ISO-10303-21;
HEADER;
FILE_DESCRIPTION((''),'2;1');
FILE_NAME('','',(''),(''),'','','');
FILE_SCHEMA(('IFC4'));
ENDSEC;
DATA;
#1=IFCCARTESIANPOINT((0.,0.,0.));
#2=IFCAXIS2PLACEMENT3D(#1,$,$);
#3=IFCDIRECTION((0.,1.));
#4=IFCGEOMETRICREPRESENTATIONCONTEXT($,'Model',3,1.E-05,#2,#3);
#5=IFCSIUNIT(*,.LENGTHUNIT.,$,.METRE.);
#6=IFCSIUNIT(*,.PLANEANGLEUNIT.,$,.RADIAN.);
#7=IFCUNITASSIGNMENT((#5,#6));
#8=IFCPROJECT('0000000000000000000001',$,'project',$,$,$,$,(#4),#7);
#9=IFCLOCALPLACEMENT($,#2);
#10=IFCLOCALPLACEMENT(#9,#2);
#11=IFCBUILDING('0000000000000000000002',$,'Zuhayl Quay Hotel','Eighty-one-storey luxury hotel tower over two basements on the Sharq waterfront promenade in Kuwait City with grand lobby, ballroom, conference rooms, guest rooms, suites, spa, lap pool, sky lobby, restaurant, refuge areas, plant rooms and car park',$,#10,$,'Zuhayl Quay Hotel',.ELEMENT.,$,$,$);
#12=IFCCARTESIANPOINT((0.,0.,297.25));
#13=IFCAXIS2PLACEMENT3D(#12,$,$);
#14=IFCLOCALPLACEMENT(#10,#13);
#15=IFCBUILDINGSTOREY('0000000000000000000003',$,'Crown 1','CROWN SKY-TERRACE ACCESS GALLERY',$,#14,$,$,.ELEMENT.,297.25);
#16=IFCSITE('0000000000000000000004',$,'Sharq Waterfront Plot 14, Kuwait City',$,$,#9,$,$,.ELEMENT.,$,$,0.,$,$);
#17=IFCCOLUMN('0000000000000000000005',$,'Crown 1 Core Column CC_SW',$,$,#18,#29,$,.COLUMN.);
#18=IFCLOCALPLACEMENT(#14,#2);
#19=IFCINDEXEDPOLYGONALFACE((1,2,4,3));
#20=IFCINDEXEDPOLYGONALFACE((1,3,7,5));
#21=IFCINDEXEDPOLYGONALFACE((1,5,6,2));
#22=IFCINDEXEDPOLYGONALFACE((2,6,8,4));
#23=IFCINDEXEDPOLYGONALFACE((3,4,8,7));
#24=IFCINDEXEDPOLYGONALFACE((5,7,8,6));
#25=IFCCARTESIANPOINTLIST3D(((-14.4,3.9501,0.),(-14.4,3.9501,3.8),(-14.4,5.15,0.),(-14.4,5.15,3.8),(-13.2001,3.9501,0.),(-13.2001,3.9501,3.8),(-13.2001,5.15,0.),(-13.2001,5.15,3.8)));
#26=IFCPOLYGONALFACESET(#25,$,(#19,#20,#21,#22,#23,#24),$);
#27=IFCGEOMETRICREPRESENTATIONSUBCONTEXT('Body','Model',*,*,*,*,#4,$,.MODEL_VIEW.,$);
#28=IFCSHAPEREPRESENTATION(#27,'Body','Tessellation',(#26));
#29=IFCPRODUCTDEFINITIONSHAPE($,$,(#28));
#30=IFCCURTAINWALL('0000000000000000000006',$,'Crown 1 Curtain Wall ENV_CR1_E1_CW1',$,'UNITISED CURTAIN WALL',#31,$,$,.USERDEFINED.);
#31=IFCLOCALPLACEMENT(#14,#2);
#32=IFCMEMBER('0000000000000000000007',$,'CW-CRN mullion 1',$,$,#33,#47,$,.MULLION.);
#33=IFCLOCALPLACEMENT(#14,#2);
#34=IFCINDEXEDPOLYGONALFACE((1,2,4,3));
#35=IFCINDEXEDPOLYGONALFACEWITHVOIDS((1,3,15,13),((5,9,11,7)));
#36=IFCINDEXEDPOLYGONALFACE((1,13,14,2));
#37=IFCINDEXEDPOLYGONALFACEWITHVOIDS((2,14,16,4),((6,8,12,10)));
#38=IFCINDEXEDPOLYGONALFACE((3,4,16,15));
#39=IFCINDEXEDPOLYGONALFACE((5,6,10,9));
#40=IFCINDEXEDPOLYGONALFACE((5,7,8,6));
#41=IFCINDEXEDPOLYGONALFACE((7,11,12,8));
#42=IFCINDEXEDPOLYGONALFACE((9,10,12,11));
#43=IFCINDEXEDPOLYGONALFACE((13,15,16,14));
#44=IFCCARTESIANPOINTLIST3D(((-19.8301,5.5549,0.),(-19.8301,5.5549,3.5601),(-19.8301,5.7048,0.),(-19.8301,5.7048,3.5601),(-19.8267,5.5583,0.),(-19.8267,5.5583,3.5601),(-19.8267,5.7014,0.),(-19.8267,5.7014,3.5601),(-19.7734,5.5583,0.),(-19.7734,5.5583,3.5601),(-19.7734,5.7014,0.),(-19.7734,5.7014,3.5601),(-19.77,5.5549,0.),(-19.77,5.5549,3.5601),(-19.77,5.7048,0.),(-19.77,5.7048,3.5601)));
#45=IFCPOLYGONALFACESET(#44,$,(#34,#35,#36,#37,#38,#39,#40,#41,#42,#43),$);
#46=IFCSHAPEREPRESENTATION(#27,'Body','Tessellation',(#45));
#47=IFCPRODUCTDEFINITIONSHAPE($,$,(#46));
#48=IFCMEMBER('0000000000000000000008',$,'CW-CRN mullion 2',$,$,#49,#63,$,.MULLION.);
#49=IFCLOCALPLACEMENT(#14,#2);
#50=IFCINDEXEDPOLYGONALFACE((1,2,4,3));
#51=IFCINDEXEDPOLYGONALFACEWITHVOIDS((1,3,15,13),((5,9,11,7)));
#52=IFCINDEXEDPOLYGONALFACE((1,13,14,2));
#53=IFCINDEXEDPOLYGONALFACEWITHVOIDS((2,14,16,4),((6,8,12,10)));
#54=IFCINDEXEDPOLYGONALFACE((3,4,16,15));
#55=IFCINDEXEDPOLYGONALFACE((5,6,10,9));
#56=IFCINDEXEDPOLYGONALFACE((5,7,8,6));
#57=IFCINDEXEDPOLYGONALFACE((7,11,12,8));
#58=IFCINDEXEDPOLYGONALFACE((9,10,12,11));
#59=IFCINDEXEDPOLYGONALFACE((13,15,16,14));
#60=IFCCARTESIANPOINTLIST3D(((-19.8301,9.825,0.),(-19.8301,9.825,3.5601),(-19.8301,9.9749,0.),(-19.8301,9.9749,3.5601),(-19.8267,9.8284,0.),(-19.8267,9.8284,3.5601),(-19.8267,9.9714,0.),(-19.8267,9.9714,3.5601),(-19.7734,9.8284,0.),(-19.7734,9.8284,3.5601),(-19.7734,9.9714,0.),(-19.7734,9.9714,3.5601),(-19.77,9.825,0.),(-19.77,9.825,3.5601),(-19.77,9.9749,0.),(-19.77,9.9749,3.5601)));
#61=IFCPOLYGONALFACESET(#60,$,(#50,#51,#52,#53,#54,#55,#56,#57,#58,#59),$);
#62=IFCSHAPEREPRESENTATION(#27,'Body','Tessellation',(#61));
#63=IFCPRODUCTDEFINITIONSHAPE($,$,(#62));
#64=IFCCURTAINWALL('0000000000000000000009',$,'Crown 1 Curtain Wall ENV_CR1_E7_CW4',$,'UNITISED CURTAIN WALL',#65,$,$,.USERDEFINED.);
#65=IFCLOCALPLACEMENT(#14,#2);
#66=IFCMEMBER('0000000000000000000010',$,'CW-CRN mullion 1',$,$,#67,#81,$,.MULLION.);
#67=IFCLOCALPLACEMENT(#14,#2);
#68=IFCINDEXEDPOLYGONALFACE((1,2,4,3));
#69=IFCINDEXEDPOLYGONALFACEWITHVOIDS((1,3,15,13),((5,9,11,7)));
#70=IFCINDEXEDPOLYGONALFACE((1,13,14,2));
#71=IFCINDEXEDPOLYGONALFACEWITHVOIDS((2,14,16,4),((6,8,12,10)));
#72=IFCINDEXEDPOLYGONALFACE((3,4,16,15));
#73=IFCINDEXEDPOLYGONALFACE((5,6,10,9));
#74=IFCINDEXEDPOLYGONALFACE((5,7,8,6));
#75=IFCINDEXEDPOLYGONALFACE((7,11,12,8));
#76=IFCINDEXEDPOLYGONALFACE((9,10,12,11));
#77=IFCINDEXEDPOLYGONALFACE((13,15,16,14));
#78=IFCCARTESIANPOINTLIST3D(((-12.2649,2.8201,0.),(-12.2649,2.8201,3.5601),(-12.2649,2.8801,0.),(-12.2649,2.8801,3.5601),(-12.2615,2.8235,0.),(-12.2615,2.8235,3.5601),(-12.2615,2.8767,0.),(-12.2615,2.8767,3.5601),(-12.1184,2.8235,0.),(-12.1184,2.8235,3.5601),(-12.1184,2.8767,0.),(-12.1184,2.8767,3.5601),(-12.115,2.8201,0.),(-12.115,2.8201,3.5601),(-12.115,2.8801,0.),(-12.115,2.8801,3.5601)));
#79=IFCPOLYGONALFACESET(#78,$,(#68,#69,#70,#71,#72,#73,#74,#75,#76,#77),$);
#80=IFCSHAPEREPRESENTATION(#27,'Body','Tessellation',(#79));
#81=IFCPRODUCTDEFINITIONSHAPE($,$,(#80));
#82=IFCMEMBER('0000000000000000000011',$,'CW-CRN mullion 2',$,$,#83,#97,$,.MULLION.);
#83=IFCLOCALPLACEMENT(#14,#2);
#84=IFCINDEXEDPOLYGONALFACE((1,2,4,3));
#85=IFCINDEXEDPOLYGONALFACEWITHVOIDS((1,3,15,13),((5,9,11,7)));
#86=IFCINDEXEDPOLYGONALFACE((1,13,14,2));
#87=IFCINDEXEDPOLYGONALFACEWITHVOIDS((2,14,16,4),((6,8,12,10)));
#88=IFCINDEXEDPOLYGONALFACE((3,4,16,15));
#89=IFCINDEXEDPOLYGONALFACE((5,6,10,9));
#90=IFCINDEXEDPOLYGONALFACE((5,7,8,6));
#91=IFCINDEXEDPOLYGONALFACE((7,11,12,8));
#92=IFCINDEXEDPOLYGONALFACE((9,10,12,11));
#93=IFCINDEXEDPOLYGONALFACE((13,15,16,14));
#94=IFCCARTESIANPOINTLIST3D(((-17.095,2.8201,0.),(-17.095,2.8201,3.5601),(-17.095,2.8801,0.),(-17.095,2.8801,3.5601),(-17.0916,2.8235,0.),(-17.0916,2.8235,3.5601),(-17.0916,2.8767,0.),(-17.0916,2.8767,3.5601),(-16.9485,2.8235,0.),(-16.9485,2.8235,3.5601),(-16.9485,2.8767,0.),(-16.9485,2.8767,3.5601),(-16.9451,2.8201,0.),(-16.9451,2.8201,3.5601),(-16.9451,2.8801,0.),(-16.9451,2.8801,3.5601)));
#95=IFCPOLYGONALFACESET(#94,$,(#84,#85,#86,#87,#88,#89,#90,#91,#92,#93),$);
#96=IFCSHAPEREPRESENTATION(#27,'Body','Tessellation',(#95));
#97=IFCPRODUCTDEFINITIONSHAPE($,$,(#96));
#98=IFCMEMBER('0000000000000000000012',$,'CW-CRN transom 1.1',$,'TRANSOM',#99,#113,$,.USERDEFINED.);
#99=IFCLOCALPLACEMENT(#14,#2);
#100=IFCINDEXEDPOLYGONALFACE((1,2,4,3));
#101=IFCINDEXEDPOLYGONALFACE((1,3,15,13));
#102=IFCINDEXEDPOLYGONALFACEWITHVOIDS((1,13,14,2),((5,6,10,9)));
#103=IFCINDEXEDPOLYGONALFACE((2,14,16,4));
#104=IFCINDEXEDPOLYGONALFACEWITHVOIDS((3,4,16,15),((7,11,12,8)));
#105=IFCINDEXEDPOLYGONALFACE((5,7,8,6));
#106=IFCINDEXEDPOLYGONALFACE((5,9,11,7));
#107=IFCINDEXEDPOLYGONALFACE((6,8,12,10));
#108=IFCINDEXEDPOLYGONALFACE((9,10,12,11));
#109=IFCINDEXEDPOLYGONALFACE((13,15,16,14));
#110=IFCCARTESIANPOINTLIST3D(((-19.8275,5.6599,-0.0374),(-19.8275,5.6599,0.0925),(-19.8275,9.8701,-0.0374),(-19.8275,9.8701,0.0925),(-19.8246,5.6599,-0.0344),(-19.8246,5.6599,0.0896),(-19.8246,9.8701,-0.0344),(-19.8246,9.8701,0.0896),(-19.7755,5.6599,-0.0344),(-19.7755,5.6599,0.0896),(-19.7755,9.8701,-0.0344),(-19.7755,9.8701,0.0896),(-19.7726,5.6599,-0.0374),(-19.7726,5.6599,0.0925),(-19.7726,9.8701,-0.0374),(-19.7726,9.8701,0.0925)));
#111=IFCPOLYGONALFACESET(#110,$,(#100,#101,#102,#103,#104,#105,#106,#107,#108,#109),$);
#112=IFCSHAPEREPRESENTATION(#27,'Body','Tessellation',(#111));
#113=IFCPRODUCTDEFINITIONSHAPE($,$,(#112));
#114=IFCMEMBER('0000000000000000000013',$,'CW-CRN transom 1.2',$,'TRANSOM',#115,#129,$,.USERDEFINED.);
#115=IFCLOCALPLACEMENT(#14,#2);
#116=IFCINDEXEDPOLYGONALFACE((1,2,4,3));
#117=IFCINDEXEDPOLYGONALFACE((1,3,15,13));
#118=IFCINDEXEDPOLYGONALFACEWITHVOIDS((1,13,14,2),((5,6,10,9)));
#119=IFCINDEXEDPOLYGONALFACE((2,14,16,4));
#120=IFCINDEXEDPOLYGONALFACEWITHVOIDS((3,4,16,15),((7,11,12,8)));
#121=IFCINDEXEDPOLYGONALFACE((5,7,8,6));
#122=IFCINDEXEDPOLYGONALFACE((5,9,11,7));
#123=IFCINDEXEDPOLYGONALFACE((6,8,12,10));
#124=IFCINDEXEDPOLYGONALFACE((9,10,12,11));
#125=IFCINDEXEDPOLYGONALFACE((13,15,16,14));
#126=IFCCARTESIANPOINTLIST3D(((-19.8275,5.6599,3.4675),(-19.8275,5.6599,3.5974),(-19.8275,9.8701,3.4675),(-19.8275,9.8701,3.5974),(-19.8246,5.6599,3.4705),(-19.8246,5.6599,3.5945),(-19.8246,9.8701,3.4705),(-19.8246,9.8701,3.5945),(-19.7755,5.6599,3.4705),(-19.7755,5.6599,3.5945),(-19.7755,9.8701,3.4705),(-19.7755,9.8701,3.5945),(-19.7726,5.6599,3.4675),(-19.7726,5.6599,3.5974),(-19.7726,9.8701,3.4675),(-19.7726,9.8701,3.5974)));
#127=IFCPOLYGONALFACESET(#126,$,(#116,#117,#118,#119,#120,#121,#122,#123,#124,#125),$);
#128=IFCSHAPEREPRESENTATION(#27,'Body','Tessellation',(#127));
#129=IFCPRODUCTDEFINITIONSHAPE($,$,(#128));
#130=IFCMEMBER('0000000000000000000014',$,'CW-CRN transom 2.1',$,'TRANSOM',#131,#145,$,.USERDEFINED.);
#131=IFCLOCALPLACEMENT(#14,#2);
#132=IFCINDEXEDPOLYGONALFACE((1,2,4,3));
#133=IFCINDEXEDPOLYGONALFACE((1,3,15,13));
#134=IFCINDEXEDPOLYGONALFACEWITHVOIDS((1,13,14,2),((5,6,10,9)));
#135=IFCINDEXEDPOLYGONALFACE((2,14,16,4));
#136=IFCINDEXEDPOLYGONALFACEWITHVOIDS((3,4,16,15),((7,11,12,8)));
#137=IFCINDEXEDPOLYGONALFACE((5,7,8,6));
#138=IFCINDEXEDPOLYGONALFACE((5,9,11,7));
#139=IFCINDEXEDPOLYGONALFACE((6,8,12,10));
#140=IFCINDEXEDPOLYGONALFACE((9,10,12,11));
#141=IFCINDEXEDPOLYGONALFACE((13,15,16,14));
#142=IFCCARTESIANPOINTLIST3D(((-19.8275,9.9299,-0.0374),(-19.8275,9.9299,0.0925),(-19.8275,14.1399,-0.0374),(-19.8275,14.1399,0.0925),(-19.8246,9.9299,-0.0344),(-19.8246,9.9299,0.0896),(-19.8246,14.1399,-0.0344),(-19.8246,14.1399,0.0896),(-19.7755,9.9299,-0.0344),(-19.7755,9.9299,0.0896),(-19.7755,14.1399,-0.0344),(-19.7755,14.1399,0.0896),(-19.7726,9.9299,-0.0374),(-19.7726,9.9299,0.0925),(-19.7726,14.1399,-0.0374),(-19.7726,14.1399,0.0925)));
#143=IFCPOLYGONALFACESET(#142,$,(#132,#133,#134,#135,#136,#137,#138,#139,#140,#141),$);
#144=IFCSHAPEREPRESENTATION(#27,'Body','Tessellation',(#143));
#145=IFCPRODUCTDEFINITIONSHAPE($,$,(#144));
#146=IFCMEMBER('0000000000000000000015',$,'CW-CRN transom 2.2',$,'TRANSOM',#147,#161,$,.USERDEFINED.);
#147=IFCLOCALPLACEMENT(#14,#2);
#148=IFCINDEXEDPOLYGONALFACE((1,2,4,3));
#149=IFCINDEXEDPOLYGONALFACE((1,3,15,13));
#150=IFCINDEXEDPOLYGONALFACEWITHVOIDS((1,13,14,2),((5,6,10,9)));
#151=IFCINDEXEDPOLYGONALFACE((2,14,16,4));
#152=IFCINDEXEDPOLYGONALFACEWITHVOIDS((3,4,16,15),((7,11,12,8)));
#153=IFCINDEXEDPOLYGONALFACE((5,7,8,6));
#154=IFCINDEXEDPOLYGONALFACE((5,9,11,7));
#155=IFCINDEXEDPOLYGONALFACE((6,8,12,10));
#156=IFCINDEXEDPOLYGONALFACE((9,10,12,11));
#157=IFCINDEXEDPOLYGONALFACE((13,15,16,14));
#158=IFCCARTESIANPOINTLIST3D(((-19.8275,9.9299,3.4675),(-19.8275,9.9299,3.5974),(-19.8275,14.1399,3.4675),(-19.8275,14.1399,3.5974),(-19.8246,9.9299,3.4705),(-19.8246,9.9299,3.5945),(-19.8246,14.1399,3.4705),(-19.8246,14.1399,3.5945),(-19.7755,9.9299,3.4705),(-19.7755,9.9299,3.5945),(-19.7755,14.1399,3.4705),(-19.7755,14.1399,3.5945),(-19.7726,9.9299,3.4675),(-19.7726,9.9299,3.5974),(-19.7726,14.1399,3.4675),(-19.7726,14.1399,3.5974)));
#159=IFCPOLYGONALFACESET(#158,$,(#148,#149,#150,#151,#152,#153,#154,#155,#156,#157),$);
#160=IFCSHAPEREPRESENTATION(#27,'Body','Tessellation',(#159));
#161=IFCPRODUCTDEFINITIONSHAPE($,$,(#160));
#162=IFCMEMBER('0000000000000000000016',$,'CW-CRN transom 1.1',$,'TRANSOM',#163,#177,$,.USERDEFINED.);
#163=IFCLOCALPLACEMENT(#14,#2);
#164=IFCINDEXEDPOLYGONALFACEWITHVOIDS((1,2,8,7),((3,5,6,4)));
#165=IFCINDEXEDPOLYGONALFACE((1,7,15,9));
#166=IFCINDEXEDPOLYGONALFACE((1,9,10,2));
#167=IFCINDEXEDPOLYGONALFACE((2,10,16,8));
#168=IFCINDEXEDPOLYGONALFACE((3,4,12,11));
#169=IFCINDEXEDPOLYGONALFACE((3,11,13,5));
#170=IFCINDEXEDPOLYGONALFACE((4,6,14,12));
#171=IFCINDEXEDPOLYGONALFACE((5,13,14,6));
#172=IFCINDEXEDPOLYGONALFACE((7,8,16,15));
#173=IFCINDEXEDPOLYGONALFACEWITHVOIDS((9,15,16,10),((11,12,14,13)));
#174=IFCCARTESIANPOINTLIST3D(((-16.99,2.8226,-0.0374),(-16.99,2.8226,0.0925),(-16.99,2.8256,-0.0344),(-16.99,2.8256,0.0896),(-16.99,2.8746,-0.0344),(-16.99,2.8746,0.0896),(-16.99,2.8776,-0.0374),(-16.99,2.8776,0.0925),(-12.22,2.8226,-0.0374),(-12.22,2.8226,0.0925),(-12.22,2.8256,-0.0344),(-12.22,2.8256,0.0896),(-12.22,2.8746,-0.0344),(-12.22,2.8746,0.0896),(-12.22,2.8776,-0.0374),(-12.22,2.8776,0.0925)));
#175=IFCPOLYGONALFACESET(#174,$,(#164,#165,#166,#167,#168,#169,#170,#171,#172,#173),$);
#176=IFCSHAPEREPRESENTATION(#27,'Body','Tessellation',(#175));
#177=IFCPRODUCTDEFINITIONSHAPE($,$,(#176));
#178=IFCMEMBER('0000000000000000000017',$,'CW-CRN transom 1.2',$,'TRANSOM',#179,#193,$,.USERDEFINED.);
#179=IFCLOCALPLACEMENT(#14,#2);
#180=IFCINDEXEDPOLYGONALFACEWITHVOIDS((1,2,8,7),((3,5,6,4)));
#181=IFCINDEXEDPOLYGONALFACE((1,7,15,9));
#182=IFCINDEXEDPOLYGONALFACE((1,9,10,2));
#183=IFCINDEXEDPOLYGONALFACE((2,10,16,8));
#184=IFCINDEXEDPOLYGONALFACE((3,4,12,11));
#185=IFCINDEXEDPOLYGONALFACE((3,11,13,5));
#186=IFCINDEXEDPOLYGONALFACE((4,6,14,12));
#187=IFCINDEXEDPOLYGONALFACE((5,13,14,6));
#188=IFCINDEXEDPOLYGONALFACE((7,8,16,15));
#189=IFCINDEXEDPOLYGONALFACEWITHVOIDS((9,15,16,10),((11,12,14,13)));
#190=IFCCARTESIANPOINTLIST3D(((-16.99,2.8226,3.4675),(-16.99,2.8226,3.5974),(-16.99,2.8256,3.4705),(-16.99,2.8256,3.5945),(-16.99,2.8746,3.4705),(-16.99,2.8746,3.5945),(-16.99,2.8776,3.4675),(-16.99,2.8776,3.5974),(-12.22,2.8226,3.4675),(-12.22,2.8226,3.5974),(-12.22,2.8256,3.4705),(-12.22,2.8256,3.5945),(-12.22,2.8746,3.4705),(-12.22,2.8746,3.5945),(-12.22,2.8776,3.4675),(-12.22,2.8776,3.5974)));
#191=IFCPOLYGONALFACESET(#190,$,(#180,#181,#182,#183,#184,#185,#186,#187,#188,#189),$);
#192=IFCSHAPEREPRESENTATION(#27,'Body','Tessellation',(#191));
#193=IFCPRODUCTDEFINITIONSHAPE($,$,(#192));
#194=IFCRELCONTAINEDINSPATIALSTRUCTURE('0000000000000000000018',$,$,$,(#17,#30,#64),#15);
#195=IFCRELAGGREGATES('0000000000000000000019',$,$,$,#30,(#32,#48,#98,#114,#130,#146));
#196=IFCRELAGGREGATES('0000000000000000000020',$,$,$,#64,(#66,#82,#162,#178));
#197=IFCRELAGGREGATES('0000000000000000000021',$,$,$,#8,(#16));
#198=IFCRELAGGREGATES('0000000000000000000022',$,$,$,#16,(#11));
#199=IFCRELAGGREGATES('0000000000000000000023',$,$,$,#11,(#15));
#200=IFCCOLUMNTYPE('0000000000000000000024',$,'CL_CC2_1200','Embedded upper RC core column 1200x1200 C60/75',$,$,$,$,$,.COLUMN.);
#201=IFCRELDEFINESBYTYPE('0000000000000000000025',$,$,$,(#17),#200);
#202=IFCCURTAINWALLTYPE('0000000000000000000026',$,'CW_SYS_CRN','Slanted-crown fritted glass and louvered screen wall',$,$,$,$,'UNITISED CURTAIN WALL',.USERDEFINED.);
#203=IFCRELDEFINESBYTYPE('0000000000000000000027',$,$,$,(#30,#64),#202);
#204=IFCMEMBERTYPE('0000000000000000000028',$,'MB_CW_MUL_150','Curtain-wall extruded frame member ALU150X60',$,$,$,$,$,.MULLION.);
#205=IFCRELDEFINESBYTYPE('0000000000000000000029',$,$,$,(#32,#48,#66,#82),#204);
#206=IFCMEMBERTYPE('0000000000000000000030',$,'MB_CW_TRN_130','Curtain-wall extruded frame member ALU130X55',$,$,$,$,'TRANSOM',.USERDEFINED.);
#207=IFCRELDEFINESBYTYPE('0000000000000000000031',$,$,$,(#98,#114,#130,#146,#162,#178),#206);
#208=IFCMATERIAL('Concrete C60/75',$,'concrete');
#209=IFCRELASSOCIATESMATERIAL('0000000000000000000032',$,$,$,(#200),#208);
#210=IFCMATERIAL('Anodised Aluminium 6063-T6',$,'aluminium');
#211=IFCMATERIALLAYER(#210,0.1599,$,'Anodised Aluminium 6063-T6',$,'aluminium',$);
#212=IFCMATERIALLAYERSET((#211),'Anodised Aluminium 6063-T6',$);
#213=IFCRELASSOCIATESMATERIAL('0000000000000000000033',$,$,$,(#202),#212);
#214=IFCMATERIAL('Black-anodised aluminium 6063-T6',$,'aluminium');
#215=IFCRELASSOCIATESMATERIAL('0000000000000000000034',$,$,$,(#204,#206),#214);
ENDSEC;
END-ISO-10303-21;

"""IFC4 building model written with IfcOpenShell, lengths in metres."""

from ifc_helpers import new_model, si_unit, direction, frame, origin, origin_2d, place, context, subcontext, project, spatial, rectangle, hollow_rectangle, extrude, material, layer, layer_set, material_profile, profile_set, type_object, element, aggregate, save


model = new_model("IFC4")

# Units and contexts
model_context = context("Model", 3, precision=1e-05, world=origin(), true_north=direction((0.0, 1.0)))
body_context = subcontext(model_context, "Body", "Model", "MODEL_VIEW")
ifc_project = project(units=[si_unit("LENGTHUNIT", "METRE"), si_unit("PLANEANGLEUNIT", "RADIAN")], contexts=[model_context])

# Site, building, storey
site_placement = place(None, origin())
site = spatial("IfcSite", under=ifc_project, at=site_placement, Name="Sharq Waterfront Plot 14, Kuwait City", CompositionType="ELEMENT", RefElevation=0.0)
building_placement = place(site_placement, origin())
building = spatial("IfcBuilding", under=site, at=building_placement, Name="Zuhayl Quay Hotel", Description="Eighty-one-storey luxury hotel tower over two basements on the Sharq waterfront promenade in Kuwait City with grand lobby, ballroom, conference rooms, guest rooms, suites, spa, lap pool, sky lobby, restaurant, refuge areas, plant rooms and car park", LongName="Zuhayl Quay Hotel", CompositionType="ELEMENT")
storey_placement = place(building_placement, frame((0.0, 0.0, 297.25)))
storey = spatial("IfcBuildingStorey", under=building, at=storey_placement, Name="Crown 1", Description="CROWN SKY-TERRACE ACCESS GALLERY", CompositionType="ELEMENT", Elevation=297.25)

# Column
ifc_material_1 = material(Name="Concrete C60/75", Category="concrete")
ifc_material_profile_1 = material_profile(ifc_material_1, rectangle(XDim=1.2, YDim=1.2, at=origin_2d()), Name="RC1200X1200")
ifc_profile_set_1 = profile_set([ifc_material_profile_1], Name="Concrete C60/75")
column_type = type_object("IfcColumnType", Name="CL_CC2_1200", Description="Embedded upper RC core column 1200x1200 C60/75", PredefinedType="COLUMN", material=ifc_profile_set_1)
column_placement = place(storey_placement, frame((-13.8, 4.55, 0.0), z_axis=(0.0, 0.0, 1.0), x_axis=(1.0, 0.0, 0.0)))
element("IfcColumn", 1, at=column_placement, inside=storey, type_object=column_type, Name="Crown 1 Core Column CC_SW", PredefinedType="COLUMN", context=body_context, shape_type="SweptSolid", body=[
    extrude(rectangle(XDim=1.2, YDim=1.2, at=origin_2d()), origin(), (0.0, 0.0, 1.0), 3.8),
])

# Curtain walls, members
ifc_material_2 = material(Name="Anodised Aluminium 6063-T6", Category="aluminium")
ifc_layer_1 = layer(ifc_material_2, 0.1599, Name="Anodised Aluminium 6063-T6", Category="aluminium")
ifc_layer_set_1 = layer_set([ifc_layer_1], Name="Anodised Aluminium 6063-T6")
curtain_wall_type = type_object("IfcCurtainWallType", Name="CW_SYS_CRN", Description="Slanted-crown fritted glass and louvered screen wall", ElementType="UNITISED CURTAIN WALL", PredefinedType="USERDEFINED", material=ifc_layer_set_1)
curtain_wall_1_placement = place(storey_placement, origin())
curtain_wall_1 = element("IfcCurtainWall", 2, at=curtain_wall_1_placement, inside=storey, type_object=curtain_wall_type, Name="Crown 1 Curtain Wall ENV_CR1_E1_CW1", ObjectType="UNITISED CURTAIN WALL", PredefinedType="USERDEFINED")
ifc_material_3 = material(Name="Black-anodised aluminium 6063-T6", Category="aluminium")
ifc_material_profile_2 = material_profile(ifc_material_3, hollow_rectangle(XDim=0.0601, YDim=0.1499, WallThickness=0.0034, at=origin_2d()), Name="ALU150X60")
ifc_profile_set_2 = profile_set([ifc_material_profile_2], Name="Black-anodised aluminium 6063-T6")
member_type_1 = type_object("IfcMemberType", Name="MB_CW_MUL_150", Description="Curtain-wall extruded frame member ALU150X60", PredefinedType="MULLION", material=ifc_profile_set_2)
member_1_placement = place(storey_placement, frame((-19.8, 5.6299, 0.0), z_axis=(0.0, 0.0, 1.0), x_axis=(-1.0, 0.0, 0.0)))
member_1 = element("IfcMember", 3, at=member_1_placement, type_object=member_type_1, Name="CW-CRN mullion 1", PredefinedType="MULLION", context=body_context, shape_type="SweptSolid", body=[
    extrude(hollow_rectangle(XDim=0.0601, YDim=0.1499, WallThickness=0.0034, at=origin_2d()), origin(), (0.0, 0.0, 1.0), 3.5601),
])
member_2_placement = place(storey_placement, frame((-19.8, 9.8999, 0.0), z_axis=(0.0, 0.0, 1.0), x_axis=(-1.0, 0.0, 0.0)))
member_2 = element("IfcMember", 4, at=member_2_placement, type_object=member_type_1, Name="CW-CRN mullion 2", PredefinedType="MULLION", context=body_context, shape_type="SweptSolid", body=[
    extrude(hollow_rectangle(XDim=0.0601, YDim=0.1499, WallThickness=0.0034, at=origin_2d()), origin(), (0.0, 0.0, 1.0), 3.5601),
])
curtain_wall_2_placement = place(storey_placement, origin())
curtain_wall_2 = element("IfcCurtainWall", 5, at=curtain_wall_2_placement, inside=storey, type_object=curtain_wall_type, Name="Crown 1 Curtain Wall ENV_CR1_E7_CW4", ObjectType="UNITISED CURTAIN WALL", PredefinedType="USERDEFINED")
member_3_placement = place(storey_placement, frame((-12.1899, 2.8501, 0.0), z_axis=(0.0, 0.0, 1.0), x_axis=(0.0, -1.0, 0.0)))
member_3 = element("IfcMember", 6, at=member_3_placement, type_object=member_type_1, Name="CW-CRN mullion 1", PredefinedType="MULLION", context=body_context, shape_type="SweptSolid", body=[
    extrude(hollow_rectangle(XDim=0.0601, YDim=0.1499, WallThickness=0.0034, at=origin_2d()), origin(), (0.0, 0.0, 1.0), 3.5601),
])
member_4_placement = place(storey_placement, frame((-17.02, 2.8501, 0.0), z_axis=(0.0, 0.0, 1.0), x_axis=(0.0, -1.0, 0.0)))
member_4 = element("IfcMember", 7, at=member_4_placement, type_object=member_type_1, Name="CW-CRN mullion 2", PredefinedType="MULLION", context=body_context, shape_type="SweptSolid", body=[
    extrude(hollow_rectangle(XDim=0.0601, YDim=0.1499, WallThickness=0.0034, at=origin_2d()), origin(), (0.0, 0.0, 1.0), 3.5601),
])

# Members
ifc_material_profile_3 = material_profile(ifc_material_3, hollow_rectangle(XDim=0.0549, YDim=0.1299, WallThickness=0.0029, at=origin_2d()), Name="ALU130X55")
ifc_profile_set_3 = profile_set([ifc_material_profile_3], Name="Black-anodised aluminium 6063-T6")
member_type_2 = type_object("IfcMemberType", Name="MB_CW_TRN_130", Description="Curtain-wall extruded frame member ALU130X55", ElementType="TRANSOM", PredefinedType="USERDEFINED", material=ifc_profile_set_3)
member_5_placement = place(storey_placement, frame((-19.8, 5.6599, 0.0276), z_axis=(0.0, 1.0, 0.0), x_axis=(-1.0, 0.0, 0.0)))
member_5 = element("IfcMember", 8, at=member_5_placement, type_object=member_type_2, Name="CW-CRN transom 1.1", ObjectType="TRANSOM", PredefinedType="USERDEFINED", context=body_context, shape_type="SweptSolid", body=[
    extrude(hollow_rectangle(XDim=0.0549, YDim=0.1299, WallThickness=0.0029, at=origin_2d()), origin(), (0.0, 0.0, 1.0), 4.2102),
])
member_6_placement = place(storey_placement, frame((-19.8, 5.6599, 3.5325), z_axis=(0.0, 1.0, 0.0), x_axis=(-1.0, 0.0, 0.0)))
member_6 = element("IfcMember", 9, at=member_6_placement, type_object=member_type_2, Name="CW-CRN transom 1.2", ObjectType="TRANSOM", PredefinedType="USERDEFINED", context=body_context, shape_type="SweptSolid", body=[
    extrude(hollow_rectangle(XDim=0.0549, YDim=0.1299, WallThickness=0.0029, at=origin_2d()), origin(), (0.0, 0.0, 1.0), 4.2102),
])
member_7_placement = place(storey_placement, frame((-19.8, 9.9299, 0.0276), z_axis=(0.0, 1.0, 0.0), x_axis=(-1.0, 0.0, 0.0)))
member_7 = element("IfcMember", 10, at=member_7_placement, type_object=member_type_2, Name="CW-CRN transom 2.1", ObjectType="TRANSOM", PredefinedType="USERDEFINED", context=body_context, shape_type="SweptSolid", body=[
    extrude(hollow_rectangle(XDim=0.0549, YDim=0.1299, WallThickness=0.0029, at=origin_2d()), origin(), (0.0, 0.0, 1.0), 4.21),
])
member_8_placement = place(storey_placement, frame((-19.8, 9.9299, 3.5325), z_axis=(0.0, 1.0, 0.0), x_axis=(-1.0, 0.0, 0.0)))
member_8 = element("IfcMember", 11, at=member_8_placement, type_object=member_type_2, Name="CW-CRN transom 2.2", ObjectType="TRANSOM", PredefinedType="USERDEFINED", context=body_context, shape_type="SweptSolid", body=[
    extrude(hollow_rectangle(XDim=0.0549, YDim=0.1299, WallThickness=0.0029, at=origin_2d()), origin(), (0.0, 0.0, 1.0), 4.21),
])
member_9_placement = place(storey_placement, frame((-12.22, 2.8501, 0.0276), z_axis=(-1.0, 0.0, 0.0), x_axis=(0.0, -1.0, 0.0)))
member_9 = element("IfcMember", 12, at=member_9_placement, type_object=member_type_2, Name="CW-CRN transom 1.1", ObjectType="TRANSOM", PredefinedType="USERDEFINED", context=body_context, shape_type="SweptSolid", body=[
    extrude(hollow_rectangle(XDim=0.0549, YDim=0.1299, WallThickness=0.0029, at=origin_2d()), origin(), (0.0, 0.0, 1.0), 4.77),
])
member_10_placement = place(storey_placement, frame((-12.22, 2.8501, 3.5325), z_axis=(-1.0, 0.0, 0.0), x_axis=(0.0, -1.0, 0.0)))
member_10 = element("IfcMember", 13, at=member_10_placement, type_object=member_type_2, Name="CW-CRN transom 1.2", ObjectType="TRANSOM", PredefinedType="USERDEFINED", context=body_context, shape_type="SweptSolid", body=[
    extrude(hollow_rectangle(XDim=0.0549, YDim=0.1299, WallThickness=0.0029, at=origin_2d()), origin(), (0.0, 0.0, 1.0), 4.77),
])

aggregate(curtain_wall_1, [member_1, member_2, member_5, member_6, member_7, member_8])
aggregate(curtain_wall_2, [member_3, member_4, member_9, member_10])

save(model, "model.ifc")
